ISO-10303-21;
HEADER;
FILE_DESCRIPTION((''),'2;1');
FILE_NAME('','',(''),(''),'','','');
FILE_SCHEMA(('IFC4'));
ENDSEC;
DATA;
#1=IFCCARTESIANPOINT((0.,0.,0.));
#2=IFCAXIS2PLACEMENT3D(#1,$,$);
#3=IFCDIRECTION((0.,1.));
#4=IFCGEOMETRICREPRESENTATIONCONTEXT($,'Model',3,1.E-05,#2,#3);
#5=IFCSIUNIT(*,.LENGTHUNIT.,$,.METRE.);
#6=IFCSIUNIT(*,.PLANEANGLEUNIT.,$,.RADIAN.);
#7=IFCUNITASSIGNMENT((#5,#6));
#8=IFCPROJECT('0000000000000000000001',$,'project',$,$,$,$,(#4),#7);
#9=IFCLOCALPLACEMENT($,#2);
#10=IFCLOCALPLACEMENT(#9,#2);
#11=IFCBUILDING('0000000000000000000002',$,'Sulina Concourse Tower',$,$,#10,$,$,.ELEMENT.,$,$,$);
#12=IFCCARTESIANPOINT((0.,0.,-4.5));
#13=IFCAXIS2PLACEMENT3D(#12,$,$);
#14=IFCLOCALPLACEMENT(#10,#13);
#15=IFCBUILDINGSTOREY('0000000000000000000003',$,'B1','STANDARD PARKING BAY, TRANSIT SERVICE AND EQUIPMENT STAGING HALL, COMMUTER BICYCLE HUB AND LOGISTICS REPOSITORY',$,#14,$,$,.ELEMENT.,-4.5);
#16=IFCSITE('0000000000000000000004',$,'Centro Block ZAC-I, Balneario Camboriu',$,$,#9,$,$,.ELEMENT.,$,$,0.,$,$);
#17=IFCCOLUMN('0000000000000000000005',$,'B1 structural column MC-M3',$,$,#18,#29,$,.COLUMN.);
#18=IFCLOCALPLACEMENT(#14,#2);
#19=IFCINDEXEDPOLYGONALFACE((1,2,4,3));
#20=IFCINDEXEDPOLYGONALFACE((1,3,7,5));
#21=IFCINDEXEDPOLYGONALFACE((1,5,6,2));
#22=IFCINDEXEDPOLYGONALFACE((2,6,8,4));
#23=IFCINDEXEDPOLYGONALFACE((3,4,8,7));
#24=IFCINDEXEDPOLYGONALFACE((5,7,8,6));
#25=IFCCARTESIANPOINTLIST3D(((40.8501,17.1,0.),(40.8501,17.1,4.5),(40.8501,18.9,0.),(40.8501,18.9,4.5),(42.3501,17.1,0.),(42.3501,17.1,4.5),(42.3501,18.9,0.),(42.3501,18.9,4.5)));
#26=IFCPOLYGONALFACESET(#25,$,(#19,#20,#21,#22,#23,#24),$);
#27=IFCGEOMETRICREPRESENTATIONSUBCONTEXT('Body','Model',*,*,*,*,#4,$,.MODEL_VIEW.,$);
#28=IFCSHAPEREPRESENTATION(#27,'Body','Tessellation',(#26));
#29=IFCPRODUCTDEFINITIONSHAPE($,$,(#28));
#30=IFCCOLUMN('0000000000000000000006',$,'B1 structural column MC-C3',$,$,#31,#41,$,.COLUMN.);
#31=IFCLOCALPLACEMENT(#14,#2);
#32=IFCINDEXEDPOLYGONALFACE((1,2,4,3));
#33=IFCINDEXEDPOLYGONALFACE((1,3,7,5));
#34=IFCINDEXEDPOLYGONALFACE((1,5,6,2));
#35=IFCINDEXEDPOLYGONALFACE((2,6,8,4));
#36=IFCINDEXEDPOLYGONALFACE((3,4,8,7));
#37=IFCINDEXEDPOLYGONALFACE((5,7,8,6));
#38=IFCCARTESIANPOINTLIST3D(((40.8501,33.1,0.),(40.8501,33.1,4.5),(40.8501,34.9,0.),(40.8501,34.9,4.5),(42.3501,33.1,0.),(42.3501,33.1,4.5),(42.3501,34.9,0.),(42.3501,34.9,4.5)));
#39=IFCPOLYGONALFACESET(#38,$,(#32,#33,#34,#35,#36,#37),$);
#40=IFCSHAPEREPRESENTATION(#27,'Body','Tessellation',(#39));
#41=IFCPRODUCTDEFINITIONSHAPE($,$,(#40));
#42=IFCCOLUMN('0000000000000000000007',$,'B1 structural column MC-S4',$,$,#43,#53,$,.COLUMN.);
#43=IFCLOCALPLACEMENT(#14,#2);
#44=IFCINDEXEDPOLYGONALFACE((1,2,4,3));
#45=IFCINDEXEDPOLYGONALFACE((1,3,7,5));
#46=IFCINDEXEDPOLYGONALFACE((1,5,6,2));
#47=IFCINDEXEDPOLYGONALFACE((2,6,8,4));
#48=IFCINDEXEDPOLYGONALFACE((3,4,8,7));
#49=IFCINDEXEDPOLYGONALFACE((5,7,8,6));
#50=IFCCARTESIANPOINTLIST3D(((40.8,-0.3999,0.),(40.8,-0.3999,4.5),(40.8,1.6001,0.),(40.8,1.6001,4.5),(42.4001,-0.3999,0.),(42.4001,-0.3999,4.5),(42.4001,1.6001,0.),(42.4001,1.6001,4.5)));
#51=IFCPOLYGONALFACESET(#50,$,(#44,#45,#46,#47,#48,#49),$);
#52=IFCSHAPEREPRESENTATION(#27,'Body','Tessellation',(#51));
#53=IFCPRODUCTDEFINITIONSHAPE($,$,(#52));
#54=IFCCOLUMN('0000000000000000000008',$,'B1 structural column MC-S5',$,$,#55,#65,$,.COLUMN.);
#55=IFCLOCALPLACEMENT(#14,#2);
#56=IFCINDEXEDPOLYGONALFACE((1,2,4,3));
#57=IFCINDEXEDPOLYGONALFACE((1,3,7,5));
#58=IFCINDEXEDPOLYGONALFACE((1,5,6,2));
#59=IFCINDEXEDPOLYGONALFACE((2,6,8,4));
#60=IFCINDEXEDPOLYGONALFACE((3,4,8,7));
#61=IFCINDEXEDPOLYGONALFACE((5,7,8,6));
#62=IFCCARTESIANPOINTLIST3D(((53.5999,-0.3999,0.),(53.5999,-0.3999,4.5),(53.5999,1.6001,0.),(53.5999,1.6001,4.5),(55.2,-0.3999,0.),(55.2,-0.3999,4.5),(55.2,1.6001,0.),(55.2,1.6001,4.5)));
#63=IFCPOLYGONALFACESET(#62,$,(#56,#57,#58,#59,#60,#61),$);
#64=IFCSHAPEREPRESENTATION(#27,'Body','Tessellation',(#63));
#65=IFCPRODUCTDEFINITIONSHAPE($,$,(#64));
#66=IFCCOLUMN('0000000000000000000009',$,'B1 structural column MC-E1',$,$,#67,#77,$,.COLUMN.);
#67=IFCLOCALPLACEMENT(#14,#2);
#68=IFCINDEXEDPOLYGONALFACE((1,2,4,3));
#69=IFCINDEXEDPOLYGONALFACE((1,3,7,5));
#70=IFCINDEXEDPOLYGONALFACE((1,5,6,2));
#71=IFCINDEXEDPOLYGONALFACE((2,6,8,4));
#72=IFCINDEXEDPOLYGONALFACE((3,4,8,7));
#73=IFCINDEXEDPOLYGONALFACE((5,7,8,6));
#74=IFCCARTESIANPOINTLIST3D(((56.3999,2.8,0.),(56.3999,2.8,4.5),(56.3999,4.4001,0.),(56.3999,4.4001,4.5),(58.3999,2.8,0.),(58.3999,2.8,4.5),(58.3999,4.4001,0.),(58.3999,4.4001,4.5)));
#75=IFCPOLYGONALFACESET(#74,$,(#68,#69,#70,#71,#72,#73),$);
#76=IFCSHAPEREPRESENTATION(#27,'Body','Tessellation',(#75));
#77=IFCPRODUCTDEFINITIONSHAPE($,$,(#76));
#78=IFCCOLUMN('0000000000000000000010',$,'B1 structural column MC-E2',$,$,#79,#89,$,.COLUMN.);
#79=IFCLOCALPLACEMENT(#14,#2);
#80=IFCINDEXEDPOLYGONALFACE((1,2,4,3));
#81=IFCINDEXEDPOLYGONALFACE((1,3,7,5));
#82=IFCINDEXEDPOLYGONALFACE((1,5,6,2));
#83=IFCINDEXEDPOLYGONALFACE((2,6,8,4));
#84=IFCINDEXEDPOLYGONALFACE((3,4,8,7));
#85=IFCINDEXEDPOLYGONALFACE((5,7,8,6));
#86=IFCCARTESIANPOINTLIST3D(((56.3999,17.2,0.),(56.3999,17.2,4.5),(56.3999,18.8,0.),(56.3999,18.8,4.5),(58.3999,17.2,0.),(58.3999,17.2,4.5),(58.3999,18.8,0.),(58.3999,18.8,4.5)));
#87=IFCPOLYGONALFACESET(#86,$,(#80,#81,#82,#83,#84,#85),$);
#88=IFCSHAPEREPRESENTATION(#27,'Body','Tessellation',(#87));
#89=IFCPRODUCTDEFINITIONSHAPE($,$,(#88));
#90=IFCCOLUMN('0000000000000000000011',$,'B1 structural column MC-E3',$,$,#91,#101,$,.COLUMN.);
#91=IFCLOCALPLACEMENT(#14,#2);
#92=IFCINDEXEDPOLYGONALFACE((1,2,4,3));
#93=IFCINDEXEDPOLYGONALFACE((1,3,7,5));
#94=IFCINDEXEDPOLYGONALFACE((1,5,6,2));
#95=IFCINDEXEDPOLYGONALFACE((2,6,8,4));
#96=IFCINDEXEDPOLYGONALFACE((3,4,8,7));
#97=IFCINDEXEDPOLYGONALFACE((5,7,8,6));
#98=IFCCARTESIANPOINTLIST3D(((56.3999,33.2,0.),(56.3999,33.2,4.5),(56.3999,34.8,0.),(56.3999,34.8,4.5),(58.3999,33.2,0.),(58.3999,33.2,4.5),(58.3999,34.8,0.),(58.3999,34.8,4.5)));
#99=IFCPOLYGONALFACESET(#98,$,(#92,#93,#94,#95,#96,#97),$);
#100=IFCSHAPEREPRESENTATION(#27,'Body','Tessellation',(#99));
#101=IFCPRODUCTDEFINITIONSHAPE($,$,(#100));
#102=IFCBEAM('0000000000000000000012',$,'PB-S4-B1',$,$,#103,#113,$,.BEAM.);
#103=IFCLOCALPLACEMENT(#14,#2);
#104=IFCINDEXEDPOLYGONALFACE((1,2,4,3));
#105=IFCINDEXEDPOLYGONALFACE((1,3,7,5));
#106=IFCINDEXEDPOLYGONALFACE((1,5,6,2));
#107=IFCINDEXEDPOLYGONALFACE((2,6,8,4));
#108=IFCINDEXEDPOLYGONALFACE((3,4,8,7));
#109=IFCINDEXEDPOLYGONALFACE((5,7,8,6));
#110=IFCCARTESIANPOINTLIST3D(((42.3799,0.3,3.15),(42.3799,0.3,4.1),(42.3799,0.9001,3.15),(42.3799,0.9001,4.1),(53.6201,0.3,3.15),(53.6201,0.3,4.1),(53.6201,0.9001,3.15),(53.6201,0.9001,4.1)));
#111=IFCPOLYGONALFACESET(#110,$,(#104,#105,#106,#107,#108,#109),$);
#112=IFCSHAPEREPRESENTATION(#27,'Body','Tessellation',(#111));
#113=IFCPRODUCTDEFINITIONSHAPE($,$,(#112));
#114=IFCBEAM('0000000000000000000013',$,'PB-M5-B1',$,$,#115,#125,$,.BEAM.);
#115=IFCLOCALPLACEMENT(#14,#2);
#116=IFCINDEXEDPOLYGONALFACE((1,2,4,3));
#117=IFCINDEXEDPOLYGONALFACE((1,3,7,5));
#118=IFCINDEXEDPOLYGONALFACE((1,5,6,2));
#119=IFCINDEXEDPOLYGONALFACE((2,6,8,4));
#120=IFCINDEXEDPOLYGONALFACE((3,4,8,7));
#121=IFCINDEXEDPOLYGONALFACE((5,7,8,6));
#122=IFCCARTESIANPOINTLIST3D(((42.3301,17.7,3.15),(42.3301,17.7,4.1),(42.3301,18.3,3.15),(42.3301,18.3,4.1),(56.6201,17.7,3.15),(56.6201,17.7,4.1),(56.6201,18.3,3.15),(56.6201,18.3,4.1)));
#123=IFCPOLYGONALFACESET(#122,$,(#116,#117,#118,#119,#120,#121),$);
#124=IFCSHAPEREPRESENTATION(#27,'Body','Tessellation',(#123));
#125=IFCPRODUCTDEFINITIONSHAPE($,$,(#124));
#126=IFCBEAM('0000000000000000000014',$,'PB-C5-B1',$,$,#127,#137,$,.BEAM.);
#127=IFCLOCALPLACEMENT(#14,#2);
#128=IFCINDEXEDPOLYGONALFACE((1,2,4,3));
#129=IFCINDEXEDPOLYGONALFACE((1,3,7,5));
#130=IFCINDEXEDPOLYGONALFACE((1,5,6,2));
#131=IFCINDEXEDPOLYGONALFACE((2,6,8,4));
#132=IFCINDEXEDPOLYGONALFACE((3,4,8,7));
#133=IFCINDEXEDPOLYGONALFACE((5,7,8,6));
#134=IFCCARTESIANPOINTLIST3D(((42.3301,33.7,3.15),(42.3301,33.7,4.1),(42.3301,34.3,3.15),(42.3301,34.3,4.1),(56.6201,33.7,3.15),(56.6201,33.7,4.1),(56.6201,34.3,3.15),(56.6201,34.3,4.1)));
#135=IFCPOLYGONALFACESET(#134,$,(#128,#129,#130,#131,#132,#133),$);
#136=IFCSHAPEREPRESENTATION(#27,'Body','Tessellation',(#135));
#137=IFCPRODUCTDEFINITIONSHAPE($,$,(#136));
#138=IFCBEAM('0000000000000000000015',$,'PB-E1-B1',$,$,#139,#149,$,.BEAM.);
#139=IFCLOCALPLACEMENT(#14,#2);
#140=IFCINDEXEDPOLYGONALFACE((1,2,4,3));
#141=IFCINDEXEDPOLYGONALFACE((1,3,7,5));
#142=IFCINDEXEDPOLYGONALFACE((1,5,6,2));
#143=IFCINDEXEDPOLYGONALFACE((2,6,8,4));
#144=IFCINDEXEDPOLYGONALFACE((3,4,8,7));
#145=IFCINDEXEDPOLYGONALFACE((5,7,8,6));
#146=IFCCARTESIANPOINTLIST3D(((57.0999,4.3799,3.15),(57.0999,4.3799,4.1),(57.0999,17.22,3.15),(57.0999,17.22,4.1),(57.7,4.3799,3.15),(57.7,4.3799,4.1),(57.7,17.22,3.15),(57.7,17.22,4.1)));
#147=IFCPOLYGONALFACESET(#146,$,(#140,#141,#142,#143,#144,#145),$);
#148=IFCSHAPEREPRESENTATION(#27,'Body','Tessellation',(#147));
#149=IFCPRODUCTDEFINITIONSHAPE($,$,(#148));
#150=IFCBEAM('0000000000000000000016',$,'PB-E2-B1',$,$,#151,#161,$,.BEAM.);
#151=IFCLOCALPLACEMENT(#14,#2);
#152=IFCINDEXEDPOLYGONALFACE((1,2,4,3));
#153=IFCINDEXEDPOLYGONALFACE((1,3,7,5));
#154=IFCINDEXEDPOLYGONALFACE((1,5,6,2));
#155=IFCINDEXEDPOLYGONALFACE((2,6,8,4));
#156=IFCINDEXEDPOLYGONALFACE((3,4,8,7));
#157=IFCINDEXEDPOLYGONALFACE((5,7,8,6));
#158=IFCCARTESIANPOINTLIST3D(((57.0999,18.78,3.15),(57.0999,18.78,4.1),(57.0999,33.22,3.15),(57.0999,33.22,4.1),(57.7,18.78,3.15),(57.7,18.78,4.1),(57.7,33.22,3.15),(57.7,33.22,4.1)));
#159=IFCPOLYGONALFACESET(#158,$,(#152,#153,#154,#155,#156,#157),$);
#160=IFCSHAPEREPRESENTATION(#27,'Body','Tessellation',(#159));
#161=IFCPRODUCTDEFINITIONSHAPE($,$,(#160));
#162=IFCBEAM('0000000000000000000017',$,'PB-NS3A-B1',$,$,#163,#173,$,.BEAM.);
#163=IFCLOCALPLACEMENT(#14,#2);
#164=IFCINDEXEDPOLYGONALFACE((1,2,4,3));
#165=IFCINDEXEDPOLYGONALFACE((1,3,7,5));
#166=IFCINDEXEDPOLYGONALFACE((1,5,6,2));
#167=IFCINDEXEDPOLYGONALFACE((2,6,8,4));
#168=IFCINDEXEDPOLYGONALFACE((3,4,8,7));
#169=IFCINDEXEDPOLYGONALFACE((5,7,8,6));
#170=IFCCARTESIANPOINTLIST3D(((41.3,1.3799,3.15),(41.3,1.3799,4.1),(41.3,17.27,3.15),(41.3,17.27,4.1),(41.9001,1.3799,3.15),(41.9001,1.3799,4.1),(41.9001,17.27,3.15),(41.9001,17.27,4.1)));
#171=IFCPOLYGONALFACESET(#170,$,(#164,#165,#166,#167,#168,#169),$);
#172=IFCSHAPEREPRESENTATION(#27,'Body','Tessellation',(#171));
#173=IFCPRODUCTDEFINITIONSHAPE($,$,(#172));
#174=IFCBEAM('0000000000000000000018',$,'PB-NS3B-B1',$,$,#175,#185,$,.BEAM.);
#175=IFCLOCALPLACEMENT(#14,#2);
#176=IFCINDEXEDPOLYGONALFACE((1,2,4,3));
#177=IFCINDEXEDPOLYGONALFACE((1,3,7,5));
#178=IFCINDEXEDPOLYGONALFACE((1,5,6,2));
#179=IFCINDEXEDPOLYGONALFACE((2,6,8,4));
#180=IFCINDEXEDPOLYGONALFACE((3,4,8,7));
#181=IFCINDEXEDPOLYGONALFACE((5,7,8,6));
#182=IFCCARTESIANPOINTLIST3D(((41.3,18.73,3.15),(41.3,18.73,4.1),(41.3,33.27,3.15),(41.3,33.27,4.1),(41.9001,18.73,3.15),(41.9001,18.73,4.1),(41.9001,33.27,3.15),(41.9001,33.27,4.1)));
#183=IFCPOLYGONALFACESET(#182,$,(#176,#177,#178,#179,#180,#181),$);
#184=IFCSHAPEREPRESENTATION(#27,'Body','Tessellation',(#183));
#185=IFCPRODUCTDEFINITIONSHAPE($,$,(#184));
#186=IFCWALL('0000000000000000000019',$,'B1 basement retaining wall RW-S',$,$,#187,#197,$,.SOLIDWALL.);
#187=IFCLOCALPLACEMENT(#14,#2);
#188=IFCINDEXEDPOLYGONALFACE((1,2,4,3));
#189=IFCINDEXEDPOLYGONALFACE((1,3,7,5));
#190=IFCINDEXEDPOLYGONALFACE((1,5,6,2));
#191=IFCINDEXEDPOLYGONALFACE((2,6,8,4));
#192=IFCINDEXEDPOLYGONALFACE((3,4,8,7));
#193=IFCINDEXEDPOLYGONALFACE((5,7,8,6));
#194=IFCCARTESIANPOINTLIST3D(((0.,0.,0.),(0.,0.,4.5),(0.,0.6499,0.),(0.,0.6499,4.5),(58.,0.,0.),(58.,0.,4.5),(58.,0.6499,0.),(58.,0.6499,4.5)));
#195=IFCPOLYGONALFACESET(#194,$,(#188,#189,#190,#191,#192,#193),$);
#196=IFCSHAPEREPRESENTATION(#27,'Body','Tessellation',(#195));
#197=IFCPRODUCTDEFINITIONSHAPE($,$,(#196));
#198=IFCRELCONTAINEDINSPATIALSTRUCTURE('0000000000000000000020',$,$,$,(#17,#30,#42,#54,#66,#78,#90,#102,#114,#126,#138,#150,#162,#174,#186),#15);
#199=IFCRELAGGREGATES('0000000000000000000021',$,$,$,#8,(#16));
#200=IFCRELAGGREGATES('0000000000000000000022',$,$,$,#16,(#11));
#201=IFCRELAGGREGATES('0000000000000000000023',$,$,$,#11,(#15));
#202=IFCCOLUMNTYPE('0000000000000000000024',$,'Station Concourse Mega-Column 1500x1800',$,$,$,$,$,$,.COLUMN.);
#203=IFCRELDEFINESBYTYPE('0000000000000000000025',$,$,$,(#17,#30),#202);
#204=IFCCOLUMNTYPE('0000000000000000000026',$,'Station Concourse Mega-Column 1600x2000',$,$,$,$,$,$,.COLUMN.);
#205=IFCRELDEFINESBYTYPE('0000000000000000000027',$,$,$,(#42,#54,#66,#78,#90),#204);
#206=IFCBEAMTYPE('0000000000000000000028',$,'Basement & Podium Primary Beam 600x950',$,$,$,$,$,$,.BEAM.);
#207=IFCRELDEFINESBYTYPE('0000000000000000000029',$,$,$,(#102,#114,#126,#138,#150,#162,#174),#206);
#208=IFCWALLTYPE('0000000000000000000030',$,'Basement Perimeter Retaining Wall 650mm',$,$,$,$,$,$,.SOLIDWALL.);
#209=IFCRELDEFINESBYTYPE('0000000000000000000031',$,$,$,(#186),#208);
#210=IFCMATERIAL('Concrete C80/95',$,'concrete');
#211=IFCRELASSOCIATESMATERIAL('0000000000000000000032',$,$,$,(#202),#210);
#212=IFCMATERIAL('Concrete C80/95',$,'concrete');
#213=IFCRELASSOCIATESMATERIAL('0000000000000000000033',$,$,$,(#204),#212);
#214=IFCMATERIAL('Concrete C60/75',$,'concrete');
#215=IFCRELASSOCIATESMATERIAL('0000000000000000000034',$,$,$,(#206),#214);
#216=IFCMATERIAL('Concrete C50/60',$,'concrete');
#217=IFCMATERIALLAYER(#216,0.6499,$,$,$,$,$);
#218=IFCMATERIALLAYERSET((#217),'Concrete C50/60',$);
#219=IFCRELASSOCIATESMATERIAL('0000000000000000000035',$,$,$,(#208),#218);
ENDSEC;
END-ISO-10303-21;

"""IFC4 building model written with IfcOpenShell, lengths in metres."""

from ifc_helpers import new_model, si_unit, direction, frame, frame_2d, origin, origin_2d, place, context, subcontext, project, spatial, rectangle, extrude, material, layer, layer_set, material_profile, profile_set, type_object, element, save


model = new_model("IFC4")

# Units and contexts
model_context = context("Model", 3, precision=1e-05, world=origin(), true_north=direction((0.0, 1.0)))
body_context = subcontext(model_context, "Body", "Model", "MODEL_VIEW")
ifc_project = project(units=[si_unit("LENGTHUNIT", "METRE"), si_unit("PLANEANGLEUNIT", "RADIAN")], contexts=[model_context])

# Site, building, storey
site_placement = place(None, origin())
site = spatial("IfcSite", under=ifc_project, at=site_placement, Name="Centro Block ZAC-I, Balneario Camboriu", CompositionType="ELEMENT", RefElevation=0.0)
building_placement = place(site_placement, origin())
building = spatial("IfcBuilding", under=site, at=building_placement, Name="Sulina Concourse Tower", CompositionType="ELEMENT")
storey_placement = place(building_placement, frame((0.0, 0.0, -4.5)))
storey = spatial("IfcBuildingStorey", under=building, at=storey_placement, Name="B1", Description="STANDARD PARKING BAY, TRANSIT SERVICE AND EQUIPMENT STAGING HALL, COMMUTER BICYCLE HUB AND LOGISTICS REPOSITORY", CompositionType="ELEMENT", Elevation=-4.5)

# Columns
ifc_material_1 = material(Name="Concrete C80/95", Category="concrete")
ifc_material_profile_1 = material_profile(ifc_material_1, rectangle(XDim=1.5, YDim=1.8, at=origin_2d()), Name="RC 1500x1800")
ifc_profile_set_1 = profile_set([ifc_material_profile_1], Name="Concrete C80/95")
column_type_1 = type_object("IfcColumnType", Name="Station Concourse Mega-Column 1500x1800", PredefinedType="COLUMN", material=ifc_profile_set_1)
for number, where, z_axis, x_axis, name in (
    (1, (41.6001, 18.0, 0.0), (0.0, 0.0, 1.0), (1.0, 0.0, 0.0), "B1 structural column MC-M3"),
    (2, (41.6001, 34.0, 0.0), (0.0, 0.0, 1.0), (1.0, 0.0, 0.0), "B1 structural column MC-C3"),
):
    element("IfcColumn", number, at=place(storey_placement, frame(where, z_axis=z_axis, x_axis=x_axis)), inside=storey, type_object=column_type_1, Name=name, PredefinedType="COLUMN", context=body_context, shape_type="SweptSolid", body=[
        extrude(rectangle(XDim=1.5, YDim=1.8, at=origin_2d()), origin(), (0.0, 0.0, 1.0), 4.5),
    ])
ifc_material_2 = material(Name="Concrete C80/95", Category="concrete")
ifc_material_profile_2 = material_profile(ifc_material_2, rectangle(XDim=1.6001, YDim=2.0, at=origin_2d()), Name="RC 1600x2000")
ifc_profile_set_2 = profile_set([ifc_material_profile_2], Name="Concrete C80/95")
column_type_2 = type_object("IfcColumnType", Name="Station Concourse Mega-Column 1600x2000", PredefinedType="COLUMN", material=ifc_profile_set_2)
for number, where, z_axis, x_axis, name in (
    (3, (41.6001, 0.6001, 0.0), (0.0, 0.0, 1.0), (1.0, 0.0, 0.0), "B1 structural column MC-S4"),
    (4, (54.3999, 0.6001, 0.0), (0.0, 0.0, 1.0), (1.0, 0.0, 0.0), "B1 structural column MC-S5"),
    (5, (57.3999, 3.6001, 0.0), (0.0, 0.0, 1.0), (0.0, 1.0, 0.0), "B1 structural column MC-E1"),
    (6, (57.3999, 18.0, 0.0), (0.0, 0.0, 1.0), (0.0, 1.0, 0.0), "B1 structural column MC-E2"),
    (7, (57.3999, 34.0, 0.0), (0.0, 0.0, 1.0), (0.0, 1.0, 0.0), "B1 structural column MC-E3"),
):
    element("IfcColumn", number, at=place(storey_placement, frame(where, z_axis=z_axis, x_axis=x_axis)), inside=storey, type_object=column_type_2, Name=name, PredefinedType="COLUMN", context=body_context, shape_type="SweptSolid", body=[
        extrude(rectangle(XDim=1.6001, YDim=2.0, at=origin_2d()), origin(), (0.0, 0.0, 1.0), 4.5),
    ])

# Beams
ifc_material_3 = material(Name="Concrete C60/75", Category="concrete")
ifc_material_profile_3 = material_profile(ifc_material_3, rectangle(XDim=0.6001, YDim=0.95, at=origin_2d()), Name="RC 600x950")
ifc_profile_set_3 = profile_set([ifc_material_profile_3], Name="Concrete C60/75")
beam_type = type_object("IfcBeamType", Name="Basement & Podium Primary Beam 600x950", PredefinedType="BEAM", material=ifc_profile_set_3)
beam_1_placement = place(storey_placement, frame((42.3799, 0.6001, 3.625), z_axis=(1.0, 0.0, 0.0), x_axis=(0.0, 1.0, 0.0)))
element("IfcBeam", 8, at=beam_1_placement, inside=storey, type_object=beam_type, Name="PB-S4-B1", PredefinedType="BEAM", context=body_context, shape_type="SweptSolid", body=[
    extrude(rectangle(XDim=0.6001, YDim=0.95, at=origin_2d()), origin(), (0.0, 0.0, 1.0), 11.2402),
])
for number, where, z_axis, x_axis, name in (
    (9, (42.3301, 18.0, 3.625), (1.0, 0.0, 0.0), (0.0, 1.0, 0.0), "PB-M5-B1"),
    (10, (42.3301, 34.0, 3.625), (1.0, 0.0, 0.0), (0.0, 1.0, 0.0), "PB-C5-B1"),
):
    element("IfcBeam", number, at=place(storey_placement, frame(where, z_axis=z_axis, x_axis=x_axis)), inside=storey, type_object=beam_type, Name=name, PredefinedType="BEAM", context=body_context, shape_type="SweptSolid", body=[
        extrude(rectangle(XDim=0.6001, YDim=0.95, at=origin_2d()), origin(), (0.0, 0.0, 1.0), 14.29),
    ])
beam_2_placement = place(storey_placement, frame((57.3999, 4.3799, 3.625), z_axis=(0.0, 1.0, 0.0), x_axis=(-1.0, 0.0, 0.0)))
element("IfcBeam", 11, at=beam_2_placement, inside=storey, type_object=beam_type, Name="PB-E1-B1", PredefinedType="BEAM", context=body_context, shape_type="SweptSolid", body=[
    extrude(rectangle(XDim=0.6001, YDim=0.95, at=origin_2d()), origin(), (0.0, 0.0, 1.0), 12.8401),
])
beam_3_placement = place(storey_placement, frame((57.3999, 18.78, 3.625), z_axis=(0.0, 1.0, 0.0), x_axis=(-1.0, 0.0, 0.0)))
element("IfcBeam", 12, at=beam_3_placement, inside=storey, type_object=beam_type, Name="PB-E2-B1", PredefinedType="BEAM", context=body_context, shape_type="SweptSolid", body=[
    extrude(rectangle(XDim=0.6001, YDim=0.95, at=origin_2d()), origin(), (0.0, 0.0, 1.0), 14.4399),
])
beam_4_placement = place(storey_placement, frame((41.6001, 1.3799, 3.625), z_axis=(0.0, 1.0, 0.0), x_axis=(-1.0, 0.0, 0.0)))
element("IfcBeam", 13, at=beam_4_placement, inside=storey, type_object=beam_type, Name="PB-NS3A-B1", PredefinedType="BEAM", context=body_context, shape_type="SweptSolid", body=[
    extrude(rectangle(XDim=0.6001, YDim=0.95, at=origin_2d()), origin(), (0.0, 0.0, 1.0), 15.8901),
])
beam_5_placement = place(storey_placement, frame((41.6001, 18.73, 3.625), z_axis=(0.0, 1.0, 0.0), x_axis=(-1.0, 0.0, 0.0)))
element("IfcBeam", 14, at=beam_5_placement, inside=storey, type_object=beam_type, Name="PB-NS3B-B1", PredefinedType="BEAM", context=body_context, shape_type="SweptSolid", body=[
    extrude(rectangle(XDim=0.6001, YDim=0.95, at=origin_2d()), origin(), (0.0, 0.0, 1.0), 14.54),
])

# Wall
ifc_material_4 = material(Name="Concrete C50/60", Category="concrete")
ifc_layer_1 = layer(ifc_material_4, 0.6499)
ifc_layer_set_1 = layer_set([ifc_layer_1], Name="Concrete C50/60")
wall_type_1 = type_object("IfcWallType", Name="Basement Perimeter Retaining Wall 650mm", PredefinedType="SOLIDWALL", material=ifc_layer_set_1)
wall_1_placement = place(storey_placement, frame((58.0, 0.325, 0.0), z_axis=(0.0, 0.0, 1.0), x_axis=(-1.0, 0.0, 0.0)))
element("IfcWall", 15, at=wall_1_placement, inside=storey, type_object=wall_type_1, Name="B1 basement retaining wall RW-S", PredefinedType="SOLIDWALL", context=body_context, shape_type="SweptSolid", body=[
    extrude(rectangle(XDim=58.0, YDim=0.6499, at=frame_2d((29.0, 0.0))), origin(), (0.0, 0.0, 1.0), 4.5),
])

save(model, "model.ifc")
